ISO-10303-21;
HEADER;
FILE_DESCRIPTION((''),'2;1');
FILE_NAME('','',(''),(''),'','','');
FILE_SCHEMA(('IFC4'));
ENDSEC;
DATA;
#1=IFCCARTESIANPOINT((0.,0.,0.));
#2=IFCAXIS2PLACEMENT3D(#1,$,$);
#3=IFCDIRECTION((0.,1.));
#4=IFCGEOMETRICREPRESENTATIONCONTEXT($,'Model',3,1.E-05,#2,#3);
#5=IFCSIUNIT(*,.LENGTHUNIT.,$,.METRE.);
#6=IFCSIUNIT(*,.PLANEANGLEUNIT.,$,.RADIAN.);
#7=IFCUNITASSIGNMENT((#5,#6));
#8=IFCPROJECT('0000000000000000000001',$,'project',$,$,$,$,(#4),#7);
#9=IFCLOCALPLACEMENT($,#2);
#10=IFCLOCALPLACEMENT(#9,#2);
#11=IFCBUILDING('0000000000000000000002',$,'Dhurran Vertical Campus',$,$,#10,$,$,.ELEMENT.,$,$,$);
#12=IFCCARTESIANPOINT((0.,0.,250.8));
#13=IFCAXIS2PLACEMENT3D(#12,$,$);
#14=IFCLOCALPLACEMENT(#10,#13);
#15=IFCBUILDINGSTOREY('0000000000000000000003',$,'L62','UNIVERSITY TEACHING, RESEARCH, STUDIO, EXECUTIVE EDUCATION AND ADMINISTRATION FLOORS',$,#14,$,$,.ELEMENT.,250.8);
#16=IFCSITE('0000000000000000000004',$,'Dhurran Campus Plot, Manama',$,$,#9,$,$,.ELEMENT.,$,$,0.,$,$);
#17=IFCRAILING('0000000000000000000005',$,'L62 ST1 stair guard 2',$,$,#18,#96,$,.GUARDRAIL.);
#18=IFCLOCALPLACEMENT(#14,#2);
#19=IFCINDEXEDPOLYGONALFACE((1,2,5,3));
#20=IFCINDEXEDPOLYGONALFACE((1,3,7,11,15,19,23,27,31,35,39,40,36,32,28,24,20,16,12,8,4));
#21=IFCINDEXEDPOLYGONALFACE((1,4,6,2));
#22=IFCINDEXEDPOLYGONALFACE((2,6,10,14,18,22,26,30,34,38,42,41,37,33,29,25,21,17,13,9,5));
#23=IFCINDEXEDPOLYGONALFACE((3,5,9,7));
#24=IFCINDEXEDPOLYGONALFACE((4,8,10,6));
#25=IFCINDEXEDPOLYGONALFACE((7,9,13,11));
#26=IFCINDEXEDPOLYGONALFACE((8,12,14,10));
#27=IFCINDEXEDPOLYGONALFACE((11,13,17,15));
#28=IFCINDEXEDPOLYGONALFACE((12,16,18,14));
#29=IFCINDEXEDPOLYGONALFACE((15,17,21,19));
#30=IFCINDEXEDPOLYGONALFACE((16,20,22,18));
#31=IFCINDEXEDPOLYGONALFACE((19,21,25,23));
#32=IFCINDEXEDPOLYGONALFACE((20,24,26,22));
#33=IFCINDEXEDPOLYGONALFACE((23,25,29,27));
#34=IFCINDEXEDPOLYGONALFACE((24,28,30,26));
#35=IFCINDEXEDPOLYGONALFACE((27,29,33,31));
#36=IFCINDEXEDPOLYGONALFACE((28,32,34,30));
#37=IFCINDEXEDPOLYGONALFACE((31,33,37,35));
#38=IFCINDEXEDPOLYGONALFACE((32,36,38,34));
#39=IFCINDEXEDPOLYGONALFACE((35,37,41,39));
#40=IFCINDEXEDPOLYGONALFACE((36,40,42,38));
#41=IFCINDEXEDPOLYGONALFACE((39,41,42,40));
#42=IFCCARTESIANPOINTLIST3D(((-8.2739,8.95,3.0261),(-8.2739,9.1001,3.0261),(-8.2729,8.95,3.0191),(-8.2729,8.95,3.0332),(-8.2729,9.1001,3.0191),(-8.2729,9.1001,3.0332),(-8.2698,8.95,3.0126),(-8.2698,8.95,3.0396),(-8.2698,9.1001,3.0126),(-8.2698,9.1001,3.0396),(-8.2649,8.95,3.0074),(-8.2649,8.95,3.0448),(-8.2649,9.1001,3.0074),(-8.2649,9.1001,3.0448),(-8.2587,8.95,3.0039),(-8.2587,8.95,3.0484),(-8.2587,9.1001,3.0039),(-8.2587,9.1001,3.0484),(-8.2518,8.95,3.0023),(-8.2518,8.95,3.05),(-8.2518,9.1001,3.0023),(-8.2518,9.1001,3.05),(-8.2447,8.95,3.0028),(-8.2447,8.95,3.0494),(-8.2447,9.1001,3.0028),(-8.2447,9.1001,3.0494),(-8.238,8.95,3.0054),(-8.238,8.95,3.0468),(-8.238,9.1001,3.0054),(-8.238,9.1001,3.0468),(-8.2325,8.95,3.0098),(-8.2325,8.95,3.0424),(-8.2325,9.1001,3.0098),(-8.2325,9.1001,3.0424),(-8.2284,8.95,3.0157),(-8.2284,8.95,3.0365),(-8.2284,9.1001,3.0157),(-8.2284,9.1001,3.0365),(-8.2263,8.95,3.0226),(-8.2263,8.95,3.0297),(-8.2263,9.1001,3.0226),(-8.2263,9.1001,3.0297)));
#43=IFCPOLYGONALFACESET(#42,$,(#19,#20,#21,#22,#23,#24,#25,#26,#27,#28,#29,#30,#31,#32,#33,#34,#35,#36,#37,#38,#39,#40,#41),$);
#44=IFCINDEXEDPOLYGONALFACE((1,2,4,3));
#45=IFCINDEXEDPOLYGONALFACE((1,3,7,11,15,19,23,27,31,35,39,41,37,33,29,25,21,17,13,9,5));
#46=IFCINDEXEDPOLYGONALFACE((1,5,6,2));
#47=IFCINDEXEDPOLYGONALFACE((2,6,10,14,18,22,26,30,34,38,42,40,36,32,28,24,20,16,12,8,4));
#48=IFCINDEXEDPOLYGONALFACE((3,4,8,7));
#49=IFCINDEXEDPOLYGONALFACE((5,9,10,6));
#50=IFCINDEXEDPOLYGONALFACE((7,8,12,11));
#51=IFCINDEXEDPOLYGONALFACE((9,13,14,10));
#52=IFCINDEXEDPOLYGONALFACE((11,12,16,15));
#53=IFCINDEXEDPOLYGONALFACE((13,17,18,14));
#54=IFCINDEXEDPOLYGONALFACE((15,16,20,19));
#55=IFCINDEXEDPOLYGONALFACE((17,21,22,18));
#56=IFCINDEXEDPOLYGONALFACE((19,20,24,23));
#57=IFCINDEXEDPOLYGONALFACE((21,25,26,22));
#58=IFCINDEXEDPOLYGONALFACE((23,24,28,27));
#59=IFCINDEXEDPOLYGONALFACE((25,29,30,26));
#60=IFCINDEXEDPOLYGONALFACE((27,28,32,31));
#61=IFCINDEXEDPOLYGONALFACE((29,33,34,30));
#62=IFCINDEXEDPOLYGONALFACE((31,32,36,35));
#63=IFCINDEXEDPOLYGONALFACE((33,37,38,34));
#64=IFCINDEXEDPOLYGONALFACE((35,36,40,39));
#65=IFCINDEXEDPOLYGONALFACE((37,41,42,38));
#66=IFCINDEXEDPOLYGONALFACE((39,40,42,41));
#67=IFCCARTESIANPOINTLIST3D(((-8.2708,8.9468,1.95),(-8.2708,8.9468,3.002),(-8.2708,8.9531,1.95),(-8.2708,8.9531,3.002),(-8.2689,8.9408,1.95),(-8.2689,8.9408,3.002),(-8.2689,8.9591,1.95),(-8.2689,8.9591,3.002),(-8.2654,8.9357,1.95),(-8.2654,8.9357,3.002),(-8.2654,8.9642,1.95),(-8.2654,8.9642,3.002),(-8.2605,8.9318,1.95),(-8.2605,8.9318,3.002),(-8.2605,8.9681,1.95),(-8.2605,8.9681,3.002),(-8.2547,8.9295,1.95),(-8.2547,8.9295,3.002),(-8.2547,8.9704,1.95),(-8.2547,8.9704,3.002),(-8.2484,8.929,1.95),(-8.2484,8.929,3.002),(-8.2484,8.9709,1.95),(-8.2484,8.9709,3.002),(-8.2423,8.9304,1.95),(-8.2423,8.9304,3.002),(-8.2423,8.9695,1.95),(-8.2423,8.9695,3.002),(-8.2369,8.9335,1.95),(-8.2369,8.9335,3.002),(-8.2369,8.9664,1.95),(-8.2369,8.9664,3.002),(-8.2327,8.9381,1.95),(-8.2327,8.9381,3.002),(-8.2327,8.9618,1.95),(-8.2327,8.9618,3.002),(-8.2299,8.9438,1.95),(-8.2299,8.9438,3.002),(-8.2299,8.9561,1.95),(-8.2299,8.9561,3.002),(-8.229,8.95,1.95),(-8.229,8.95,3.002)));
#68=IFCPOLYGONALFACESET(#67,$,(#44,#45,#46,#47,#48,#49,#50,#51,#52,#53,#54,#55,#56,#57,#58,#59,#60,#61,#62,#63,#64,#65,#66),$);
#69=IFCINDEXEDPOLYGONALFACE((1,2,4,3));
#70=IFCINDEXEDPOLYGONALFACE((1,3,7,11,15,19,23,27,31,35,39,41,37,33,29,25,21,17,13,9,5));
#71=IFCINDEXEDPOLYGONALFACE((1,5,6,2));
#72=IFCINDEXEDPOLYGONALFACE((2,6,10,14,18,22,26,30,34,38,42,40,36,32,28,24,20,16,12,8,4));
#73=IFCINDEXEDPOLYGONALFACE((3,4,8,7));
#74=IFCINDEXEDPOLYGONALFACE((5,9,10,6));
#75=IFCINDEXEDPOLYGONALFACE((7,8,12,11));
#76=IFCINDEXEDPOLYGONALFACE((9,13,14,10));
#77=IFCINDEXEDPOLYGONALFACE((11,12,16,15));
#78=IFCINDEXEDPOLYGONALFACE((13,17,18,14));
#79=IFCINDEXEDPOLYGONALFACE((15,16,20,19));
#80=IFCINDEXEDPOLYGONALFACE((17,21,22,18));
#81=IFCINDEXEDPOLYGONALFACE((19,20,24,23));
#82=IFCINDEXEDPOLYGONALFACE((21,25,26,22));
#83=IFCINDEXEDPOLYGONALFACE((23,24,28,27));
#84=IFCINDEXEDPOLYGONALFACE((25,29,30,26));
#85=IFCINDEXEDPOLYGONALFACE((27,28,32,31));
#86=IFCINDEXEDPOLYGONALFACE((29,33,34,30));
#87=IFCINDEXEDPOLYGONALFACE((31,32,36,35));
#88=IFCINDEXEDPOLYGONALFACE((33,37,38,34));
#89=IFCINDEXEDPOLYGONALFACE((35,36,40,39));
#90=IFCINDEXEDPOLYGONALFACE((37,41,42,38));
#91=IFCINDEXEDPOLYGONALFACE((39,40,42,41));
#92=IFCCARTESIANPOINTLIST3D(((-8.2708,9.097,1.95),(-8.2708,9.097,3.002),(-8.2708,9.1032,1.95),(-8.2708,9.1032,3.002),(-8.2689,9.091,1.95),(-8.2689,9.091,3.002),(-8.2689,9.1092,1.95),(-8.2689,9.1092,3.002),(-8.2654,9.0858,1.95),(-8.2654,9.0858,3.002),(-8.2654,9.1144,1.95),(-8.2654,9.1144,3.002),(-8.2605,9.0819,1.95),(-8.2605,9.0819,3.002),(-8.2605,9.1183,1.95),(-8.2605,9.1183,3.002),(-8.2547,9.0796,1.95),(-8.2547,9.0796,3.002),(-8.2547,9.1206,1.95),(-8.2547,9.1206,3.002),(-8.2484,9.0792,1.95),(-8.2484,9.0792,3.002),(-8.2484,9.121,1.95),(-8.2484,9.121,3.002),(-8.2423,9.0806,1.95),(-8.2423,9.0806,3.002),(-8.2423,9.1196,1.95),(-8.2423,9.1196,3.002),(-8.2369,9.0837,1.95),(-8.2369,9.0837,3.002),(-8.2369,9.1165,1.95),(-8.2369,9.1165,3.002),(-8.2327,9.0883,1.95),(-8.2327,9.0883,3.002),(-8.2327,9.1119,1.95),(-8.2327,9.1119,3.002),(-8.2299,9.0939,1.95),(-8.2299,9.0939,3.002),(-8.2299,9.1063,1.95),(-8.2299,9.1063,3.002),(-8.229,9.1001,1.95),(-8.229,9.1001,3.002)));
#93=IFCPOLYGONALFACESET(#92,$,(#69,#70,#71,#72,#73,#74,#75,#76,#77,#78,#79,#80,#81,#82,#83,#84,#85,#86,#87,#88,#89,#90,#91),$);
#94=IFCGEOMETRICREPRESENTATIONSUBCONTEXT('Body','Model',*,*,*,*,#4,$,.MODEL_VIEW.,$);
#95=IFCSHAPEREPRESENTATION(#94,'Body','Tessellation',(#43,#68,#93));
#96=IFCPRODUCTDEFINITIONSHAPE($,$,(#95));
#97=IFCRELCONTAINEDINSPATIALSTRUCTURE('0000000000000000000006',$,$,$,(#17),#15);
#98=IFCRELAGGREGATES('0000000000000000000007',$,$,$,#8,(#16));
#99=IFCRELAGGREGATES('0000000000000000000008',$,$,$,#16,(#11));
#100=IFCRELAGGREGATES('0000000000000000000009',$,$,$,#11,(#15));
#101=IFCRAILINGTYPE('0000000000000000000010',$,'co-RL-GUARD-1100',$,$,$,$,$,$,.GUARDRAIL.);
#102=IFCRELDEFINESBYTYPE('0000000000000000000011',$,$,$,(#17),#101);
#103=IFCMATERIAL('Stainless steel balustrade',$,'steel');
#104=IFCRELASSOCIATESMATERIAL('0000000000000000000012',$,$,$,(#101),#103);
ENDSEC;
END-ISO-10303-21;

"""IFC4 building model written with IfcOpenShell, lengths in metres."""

from ifc_helpers import new_model, si_unit, direction, frame, origin, origin_2d, place, context, subcontext, project, spatial, circle, extrude, material, type_object, element, save


model = new_model("IFC4")

# Units and contexts
model_context = context("Model", 3, precision=1e-05, world=origin(), true_north=direction((0.0, 1.0)))
body_context = subcontext(model_context, "Body", "Model", "MODEL_VIEW")
ifc_project = project(units=[si_unit("LENGTHUNIT", "METRE"), si_unit("PLANEANGLEUNIT", "RADIAN")], contexts=[model_context])

# Site, building, storey
site_placement = place(None, origin())
site = spatial("IfcSite", under=ifc_project, at=site_placement, Name="Dhurran Campus Plot, Manama", CompositionType="ELEMENT", RefElevation=0.0)
building_placement = place(site_placement, origin())
building = spatial("IfcBuilding", under=site, at=building_placement, Name="Dhurran Vertical Campus", CompositionType="ELEMENT")
storey_placement = place(building_placement, frame((0.0, 0.0, 250.8)))
storey = spatial("IfcBuildingStorey", under=building, at=storey_placement, Name="L62", Description="UNIVERSITY TEACHING, RESEARCH, STUDIO, EXECUTIVE EDUCATION AND ADMINISTRATION FLOORS", CompositionType="ELEMENT", Elevation=250.8)

# Railing
ifc_material_1 = material(Name="Stainless steel balustrade", Category="steel")
railing_type_1 = type_object("IfcRailingType", Name="co-RL-GUARD-1100", PredefinedType="GUARDRAIL", material=ifc_material_1)
railing_1_placement = place(storey_placement, frame((-8.25, 8.95, 1.95)))
element("IfcRailing", 1, at=railing_1_placement, inside=storey, type_object=railing_type_1, Name="L62 ST1 stair guard 2", PredefinedType="GUARDRAIL", context=body_context, shape_type="SweptSolid", body=[
    extrude(circle(Radius=0.0239, at=origin_2d()), frame((0.0, 0.0, 1.0762), z_axis=(0.0, 1.0, 0.0), x_axis=(-1.0, 0.0, 0.0)), (0.0, 0.0, 1.0), 0.1501),
    extrude(circle(Radius=0.021, at=origin_2d()), origin(), (0.0, 0.0, 1.0), 1.052),
    extrude(circle(Radius=0.021, at=origin_2d()), frame((0.0, 0.1501, 0.0)), (0.0, 0.0, 1.0), 1.052),
])

save(model, "model.ifc")
